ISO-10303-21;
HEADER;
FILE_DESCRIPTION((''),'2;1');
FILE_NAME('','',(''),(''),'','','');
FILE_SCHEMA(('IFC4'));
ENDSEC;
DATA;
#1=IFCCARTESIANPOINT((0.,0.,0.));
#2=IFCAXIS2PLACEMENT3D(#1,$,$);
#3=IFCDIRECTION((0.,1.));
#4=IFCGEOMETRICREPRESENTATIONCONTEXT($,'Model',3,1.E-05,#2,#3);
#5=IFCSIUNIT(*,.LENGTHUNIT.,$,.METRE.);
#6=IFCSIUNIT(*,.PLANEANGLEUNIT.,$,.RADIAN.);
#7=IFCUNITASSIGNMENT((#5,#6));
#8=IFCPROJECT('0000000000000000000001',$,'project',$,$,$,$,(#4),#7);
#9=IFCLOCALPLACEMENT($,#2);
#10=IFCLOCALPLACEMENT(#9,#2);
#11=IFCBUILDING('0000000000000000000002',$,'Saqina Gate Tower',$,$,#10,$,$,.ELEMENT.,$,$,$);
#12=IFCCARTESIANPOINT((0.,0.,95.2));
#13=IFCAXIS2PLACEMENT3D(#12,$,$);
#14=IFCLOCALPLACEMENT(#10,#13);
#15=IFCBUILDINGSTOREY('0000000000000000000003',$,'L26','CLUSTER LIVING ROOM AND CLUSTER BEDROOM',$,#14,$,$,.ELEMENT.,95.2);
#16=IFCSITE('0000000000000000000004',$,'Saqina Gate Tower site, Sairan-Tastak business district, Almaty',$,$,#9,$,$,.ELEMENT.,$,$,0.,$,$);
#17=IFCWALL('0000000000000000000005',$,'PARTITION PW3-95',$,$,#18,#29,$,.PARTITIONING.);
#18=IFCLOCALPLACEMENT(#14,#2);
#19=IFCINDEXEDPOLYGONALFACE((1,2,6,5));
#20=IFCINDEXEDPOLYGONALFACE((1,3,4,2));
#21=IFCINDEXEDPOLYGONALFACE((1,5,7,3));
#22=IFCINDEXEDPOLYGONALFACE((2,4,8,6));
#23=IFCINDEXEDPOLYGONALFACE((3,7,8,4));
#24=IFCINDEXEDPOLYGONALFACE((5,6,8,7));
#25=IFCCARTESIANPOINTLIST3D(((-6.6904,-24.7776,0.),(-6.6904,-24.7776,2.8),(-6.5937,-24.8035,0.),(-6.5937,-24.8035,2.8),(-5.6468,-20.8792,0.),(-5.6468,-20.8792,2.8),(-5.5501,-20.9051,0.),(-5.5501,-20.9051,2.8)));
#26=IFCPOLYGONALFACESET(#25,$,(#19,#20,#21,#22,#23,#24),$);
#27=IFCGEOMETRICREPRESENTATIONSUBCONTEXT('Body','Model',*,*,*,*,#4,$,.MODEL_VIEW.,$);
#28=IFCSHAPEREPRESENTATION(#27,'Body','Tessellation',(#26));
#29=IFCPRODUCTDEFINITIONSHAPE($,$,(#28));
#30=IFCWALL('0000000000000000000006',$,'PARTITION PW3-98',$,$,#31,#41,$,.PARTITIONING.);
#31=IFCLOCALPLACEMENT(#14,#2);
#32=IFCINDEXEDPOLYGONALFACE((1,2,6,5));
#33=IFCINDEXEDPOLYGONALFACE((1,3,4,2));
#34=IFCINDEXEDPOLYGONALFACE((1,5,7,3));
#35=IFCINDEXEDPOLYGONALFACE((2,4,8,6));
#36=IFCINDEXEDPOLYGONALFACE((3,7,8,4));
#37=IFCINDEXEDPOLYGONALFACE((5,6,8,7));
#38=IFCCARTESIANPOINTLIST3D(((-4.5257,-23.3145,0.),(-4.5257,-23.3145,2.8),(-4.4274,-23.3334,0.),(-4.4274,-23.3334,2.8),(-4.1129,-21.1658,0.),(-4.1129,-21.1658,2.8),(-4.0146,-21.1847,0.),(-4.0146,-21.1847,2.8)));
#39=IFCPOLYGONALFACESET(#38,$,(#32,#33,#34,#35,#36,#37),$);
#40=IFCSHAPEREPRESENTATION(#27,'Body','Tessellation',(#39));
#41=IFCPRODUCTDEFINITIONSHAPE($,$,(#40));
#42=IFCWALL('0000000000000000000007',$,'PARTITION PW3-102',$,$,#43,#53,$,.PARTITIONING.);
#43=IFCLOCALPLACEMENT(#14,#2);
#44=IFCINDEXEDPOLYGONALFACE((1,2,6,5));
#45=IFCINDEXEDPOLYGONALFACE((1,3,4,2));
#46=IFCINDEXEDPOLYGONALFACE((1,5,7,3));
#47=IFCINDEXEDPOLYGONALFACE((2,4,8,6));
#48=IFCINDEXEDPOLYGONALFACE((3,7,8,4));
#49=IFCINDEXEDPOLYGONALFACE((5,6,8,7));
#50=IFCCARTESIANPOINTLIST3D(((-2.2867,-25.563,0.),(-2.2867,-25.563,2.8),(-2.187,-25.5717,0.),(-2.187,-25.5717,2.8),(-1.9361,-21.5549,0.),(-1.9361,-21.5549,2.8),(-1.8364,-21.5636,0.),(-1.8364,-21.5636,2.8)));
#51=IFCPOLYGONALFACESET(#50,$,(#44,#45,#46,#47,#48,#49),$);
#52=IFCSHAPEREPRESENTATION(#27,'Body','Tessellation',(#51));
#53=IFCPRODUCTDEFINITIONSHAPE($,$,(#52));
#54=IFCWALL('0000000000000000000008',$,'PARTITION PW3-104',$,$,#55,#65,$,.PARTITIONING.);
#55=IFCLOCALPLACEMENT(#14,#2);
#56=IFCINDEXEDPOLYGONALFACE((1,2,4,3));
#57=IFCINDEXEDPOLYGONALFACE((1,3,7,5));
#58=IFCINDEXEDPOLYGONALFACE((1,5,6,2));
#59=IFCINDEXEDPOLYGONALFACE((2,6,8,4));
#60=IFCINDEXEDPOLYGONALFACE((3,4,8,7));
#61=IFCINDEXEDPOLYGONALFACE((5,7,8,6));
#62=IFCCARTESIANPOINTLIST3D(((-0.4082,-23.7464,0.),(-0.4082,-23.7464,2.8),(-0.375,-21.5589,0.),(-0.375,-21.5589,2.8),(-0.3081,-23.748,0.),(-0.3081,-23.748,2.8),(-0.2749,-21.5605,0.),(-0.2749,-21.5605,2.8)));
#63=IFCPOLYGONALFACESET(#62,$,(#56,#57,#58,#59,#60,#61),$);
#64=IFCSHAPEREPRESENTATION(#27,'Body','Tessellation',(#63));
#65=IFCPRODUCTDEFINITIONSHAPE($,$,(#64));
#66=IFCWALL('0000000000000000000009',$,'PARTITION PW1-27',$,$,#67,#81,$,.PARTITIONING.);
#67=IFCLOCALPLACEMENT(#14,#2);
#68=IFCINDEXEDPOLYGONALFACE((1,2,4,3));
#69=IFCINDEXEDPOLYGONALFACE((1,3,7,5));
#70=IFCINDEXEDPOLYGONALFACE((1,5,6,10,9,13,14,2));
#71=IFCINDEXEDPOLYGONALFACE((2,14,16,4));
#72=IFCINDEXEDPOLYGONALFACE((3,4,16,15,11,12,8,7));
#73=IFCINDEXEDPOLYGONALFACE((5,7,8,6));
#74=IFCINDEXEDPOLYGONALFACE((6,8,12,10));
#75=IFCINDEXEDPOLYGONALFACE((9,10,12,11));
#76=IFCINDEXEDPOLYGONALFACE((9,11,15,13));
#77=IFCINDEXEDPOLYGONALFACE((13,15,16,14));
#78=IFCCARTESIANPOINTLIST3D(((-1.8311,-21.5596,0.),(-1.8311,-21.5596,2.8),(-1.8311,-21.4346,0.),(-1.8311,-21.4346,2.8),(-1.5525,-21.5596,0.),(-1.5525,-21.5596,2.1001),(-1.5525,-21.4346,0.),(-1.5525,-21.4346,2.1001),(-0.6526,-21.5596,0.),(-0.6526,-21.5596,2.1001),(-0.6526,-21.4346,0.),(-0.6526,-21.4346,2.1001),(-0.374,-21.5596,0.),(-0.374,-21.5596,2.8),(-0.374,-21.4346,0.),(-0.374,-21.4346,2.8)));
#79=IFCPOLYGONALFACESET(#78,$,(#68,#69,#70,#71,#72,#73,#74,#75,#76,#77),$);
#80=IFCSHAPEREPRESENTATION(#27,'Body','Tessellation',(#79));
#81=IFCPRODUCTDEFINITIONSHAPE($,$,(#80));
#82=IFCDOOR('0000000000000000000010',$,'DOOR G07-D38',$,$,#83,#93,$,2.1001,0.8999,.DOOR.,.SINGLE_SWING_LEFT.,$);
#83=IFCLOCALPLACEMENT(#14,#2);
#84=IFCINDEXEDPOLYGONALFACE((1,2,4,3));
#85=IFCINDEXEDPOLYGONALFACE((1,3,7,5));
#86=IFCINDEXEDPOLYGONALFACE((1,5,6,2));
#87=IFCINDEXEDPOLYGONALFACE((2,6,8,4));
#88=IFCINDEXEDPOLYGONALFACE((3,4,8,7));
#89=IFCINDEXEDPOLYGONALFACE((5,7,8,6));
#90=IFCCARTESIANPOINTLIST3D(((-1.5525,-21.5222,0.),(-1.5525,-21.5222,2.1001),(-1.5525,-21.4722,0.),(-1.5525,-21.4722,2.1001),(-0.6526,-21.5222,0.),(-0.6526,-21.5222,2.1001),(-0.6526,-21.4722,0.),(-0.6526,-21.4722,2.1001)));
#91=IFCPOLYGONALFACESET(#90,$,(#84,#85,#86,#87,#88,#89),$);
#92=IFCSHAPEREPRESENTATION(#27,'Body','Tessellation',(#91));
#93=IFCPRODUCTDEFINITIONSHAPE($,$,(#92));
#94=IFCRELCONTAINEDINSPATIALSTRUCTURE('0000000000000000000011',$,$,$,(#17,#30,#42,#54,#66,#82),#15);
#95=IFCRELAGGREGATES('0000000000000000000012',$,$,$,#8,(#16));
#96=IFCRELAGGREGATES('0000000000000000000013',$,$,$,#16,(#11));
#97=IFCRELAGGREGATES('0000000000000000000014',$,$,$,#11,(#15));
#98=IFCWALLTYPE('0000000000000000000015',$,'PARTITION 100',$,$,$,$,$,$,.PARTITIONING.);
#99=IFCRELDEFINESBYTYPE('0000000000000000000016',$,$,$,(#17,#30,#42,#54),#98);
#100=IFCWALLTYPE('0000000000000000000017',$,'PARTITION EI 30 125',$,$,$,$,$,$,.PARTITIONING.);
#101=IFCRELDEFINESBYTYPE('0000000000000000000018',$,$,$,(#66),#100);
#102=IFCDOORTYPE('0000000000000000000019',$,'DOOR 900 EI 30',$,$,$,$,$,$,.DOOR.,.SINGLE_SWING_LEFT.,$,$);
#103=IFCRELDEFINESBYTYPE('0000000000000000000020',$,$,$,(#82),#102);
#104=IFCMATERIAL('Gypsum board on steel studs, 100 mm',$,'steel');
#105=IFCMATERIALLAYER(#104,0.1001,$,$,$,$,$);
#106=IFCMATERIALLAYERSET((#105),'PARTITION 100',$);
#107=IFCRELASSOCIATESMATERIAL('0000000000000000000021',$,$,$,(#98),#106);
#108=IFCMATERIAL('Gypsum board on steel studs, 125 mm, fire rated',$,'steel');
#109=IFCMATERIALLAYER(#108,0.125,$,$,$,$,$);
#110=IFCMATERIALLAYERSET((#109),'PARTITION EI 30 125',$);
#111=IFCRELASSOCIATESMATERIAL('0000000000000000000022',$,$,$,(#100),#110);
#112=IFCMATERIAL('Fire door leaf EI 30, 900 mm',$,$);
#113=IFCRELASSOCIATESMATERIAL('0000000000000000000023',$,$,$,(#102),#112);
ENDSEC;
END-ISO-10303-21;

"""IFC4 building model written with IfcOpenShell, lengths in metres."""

from ifc_helpers import new_model, si_unit, direction, frame, frame_2d, origin, place, context, subcontext, project, spatial, rectangle, extrude, material, layer, layer_set, type_object, element, fill, save


model = new_model("IFC4")

# Units and contexts
model_context = context("Model", 3, precision=1e-05, world=origin(), true_north=direction((0.0, 1.0)))
body_context = subcontext(model_context, "Body", "Model", "MODEL_VIEW")
ifc_project = project(units=[si_unit("LENGTHUNIT", "METRE"), si_unit("PLANEANGLEUNIT", "RADIAN")], contexts=[model_context])

# Site, building, storey
site_placement = place(None, origin())
site = spatial("IfcSite", under=ifc_project, at=site_placement, Name="Saqina Gate Tower site, Sairan-Tastak business district, Almaty", CompositionType="ELEMENT", RefElevation=0.0)
building_placement = place(site_placement, origin())
building = spatial("IfcBuilding", under=site, at=building_placement, Name="Saqina Gate Tower", CompositionType="ELEMENT")
storey_placement = place(building_placement, frame((0.0, 0.0, 95.2)))
storey = spatial("IfcBuildingStorey", under=building, at=storey_placement, Name="L26", Description="CLUSTER LIVING ROOM AND CLUSTER BEDROOM", CompositionType="ELEMENT", Elevation=95.2)

# Shared definitions
ifc_material_1 = material(Name="Gypsum board on steel studs, 100 mm", Category="steel")
ifc_layer_1 = layer(ifc_material_1, 0.1001)
ifc_layer_set_1 = layer_set([ifc_layer_1], Name="PARTITION 100")
wall_type_1 = type_object("IfcWallType", Name="PARTITION 100", PredefinedType="PARTITIONING", material=ifc_layer_set_1)

# Walls
wall_1_placement = place(storey_placement, frame((-6.6421, -24.7905, 0.0), z_axis=(0.0, 0.0, 1.0), x_axis=(0.258615, 0.96598, 0.0)))
element("IfcWall", 1, at=wall_1_placement, inside=storey, type_object=wall_type_1, Name="PARTITION PW3-95", PredefinedType="PARTITIONING", context=body_context, shape_type="SweptSolid", body=[
    extrude(rectangle(XDim=4.0356, YDim=0.1001, at=frame_2d((2.0178, 0.0))), origin(), (0.0, 0.0, 1.0), 2.8),
])
wall_2_placement = place(storey_placement, frame((-4.4766, -23.324, 0.0), z_axis=(0.0, 0.0, 1.0), x_axis=(0.188686, 0.982037, 0.0)))
element("IfcWall", 2, at=wall_2_placement, inside=storey, type_object=wall_type_1, Name="PARTITION PW3-98", PredefinedType="PARTITIONING", context=body_context, shape_type="SweptSolid", body=[
    extrude(rectangle(XDim=2.188, YDim=0.1001, at=frame_2d((1.094, 0.0))), origin(), (0.0, 0.0, 1.0), 2.8),
])
wall_3_placement = place(storey_placement, frame((-2.2368, -25.5674, 0.0), z_axis=(0.0, 0.0, 1.0), x_axis=(0.087138, 0.996196, 0.0)))
element("IfcWall", 3, at=wall_3_placement, inside=storey, type_object=wall_type_1, Name="PARTITION PW3-102", PredefinedType="PARTITIONING", context=body_context, shape_type="SweptSolid", body=[
    extrude(rectangle(XDim=4.0234, YDim=0.1001, at=frame_2d((2.0117, 0.0))), origin(), (0.0, 0.0, 1.0), 2.8),
])
wall_4_placement = place(storey_placement, frame((-0.3582, -23.7471, 0.0), z_axis=(0.0, 0.0, 1.0), x_axis=(0.015177, 0.999885, 0.0)))
element("IfcWall", 4, at=wall_4_placement, inside=storey, type_object=wall_type_1, Name="PARTITION PW3-104", PredefinedType="PARTITIONING", context=body_context, shape_type="SweptSolid", body=[
    extrude(rectangle(XDim=2.1877, YDim=0.1001, at=frame_2d((1.0938, 0.0))), origin(), (0.0, 0.0, 1.0), 2.8),
])

# Wall, opening, door
ifc_material_2 = material(Name="Gypsum board on steel studs, 125 mm, fire rated", Category="steel")
ifc_layer_2 = layer(ifc_material_2, 0.125)
ifc_layer_set_2 = layer_set([ifc_layer_2], Name="PARTITION EI 30 125")
wall_type_2 = type_object("IfcWallType", Name="PARTITION EI 30 125", PredefinedType="PARTITIONING", material=ifc_layer_set_2)
wall_5_placement = place(storey_placement, frame((-1.8311, -21.4971, 0.0), z_axis=(0.0, 0.0, 1.0), x_axis=(1.0, 0.0, 0.0)))
wall_5 = element("IfcWall", 5, at=wall_5_placement, inside=storey, type_object=wall_type_2, Name="PARTITION PW1-27", PredefinedType="PARTITIONING", context=body_context, shape_type="SweptSolid", body=[
    extrude(rectangle(XDim=1.457, YDim=0.125, at=frame_2d((0.7285, 0.0))), origin(), (0.0, 0.0, 1.0), 2.8),
])
opening_1_placement = place(wall_5_placement, frame((0.2786, 0.0, 0.0)))
opening_1 = element("IfcOpeningElement", 6, at=opening_1_placement, cuts=wall_5, PredefinedType="OPENING", context=body_context, shape_type="SweptSolid", body=[
    extrude(rectangle(XDim=0.8999, YDim=2.1001, at=frame_2d((0.45, 1.05))), frame((0.0, 0.0745, 0.0), z_axis=(0.0, -1.0, 0.0), x_axis=(1.0, 0.0, 0.0)), (0.0, 0.0, 1.0), 0.1489),
])
ifc_material_3 = material(Name="Fire door leaf EI 30, 900 mm")
door_type_1 = type_object("IfcDoorType", Name="DOOR 900 EI 30", OperationType="SINGLE_SWING_LEFT", PredefinedType="DOOR", material=ifc_material_3)
door_1_placement = place(opening_1_placement, origin())
door_1 = element("IfcDoor", 7, at=door_1_placement, inside=storey, type_object=door_type_1, Name="DOOR G07-D38", OperationType="SINGLE_SWING_LEFT", OverallHeight=2.1001, OverallWidth=0.8999, PredefinedType="DOOR", context=body_context, shape_type="SweptSolid", body=[
    extrude(rectangle(XDim=0.8999, YDim=2.1001, at=frame_2d((0.45, 1.05))), frame((0.0, 0.0249, 0.0), z_axis=(0.0, -1.0, 0.0), x_axis=(1.0, 0.0, 0.0)), (0.0, 0.0, 1.0), 0.05),
])
fill(opening_1, door_1)

save(model, "model.ifc")
